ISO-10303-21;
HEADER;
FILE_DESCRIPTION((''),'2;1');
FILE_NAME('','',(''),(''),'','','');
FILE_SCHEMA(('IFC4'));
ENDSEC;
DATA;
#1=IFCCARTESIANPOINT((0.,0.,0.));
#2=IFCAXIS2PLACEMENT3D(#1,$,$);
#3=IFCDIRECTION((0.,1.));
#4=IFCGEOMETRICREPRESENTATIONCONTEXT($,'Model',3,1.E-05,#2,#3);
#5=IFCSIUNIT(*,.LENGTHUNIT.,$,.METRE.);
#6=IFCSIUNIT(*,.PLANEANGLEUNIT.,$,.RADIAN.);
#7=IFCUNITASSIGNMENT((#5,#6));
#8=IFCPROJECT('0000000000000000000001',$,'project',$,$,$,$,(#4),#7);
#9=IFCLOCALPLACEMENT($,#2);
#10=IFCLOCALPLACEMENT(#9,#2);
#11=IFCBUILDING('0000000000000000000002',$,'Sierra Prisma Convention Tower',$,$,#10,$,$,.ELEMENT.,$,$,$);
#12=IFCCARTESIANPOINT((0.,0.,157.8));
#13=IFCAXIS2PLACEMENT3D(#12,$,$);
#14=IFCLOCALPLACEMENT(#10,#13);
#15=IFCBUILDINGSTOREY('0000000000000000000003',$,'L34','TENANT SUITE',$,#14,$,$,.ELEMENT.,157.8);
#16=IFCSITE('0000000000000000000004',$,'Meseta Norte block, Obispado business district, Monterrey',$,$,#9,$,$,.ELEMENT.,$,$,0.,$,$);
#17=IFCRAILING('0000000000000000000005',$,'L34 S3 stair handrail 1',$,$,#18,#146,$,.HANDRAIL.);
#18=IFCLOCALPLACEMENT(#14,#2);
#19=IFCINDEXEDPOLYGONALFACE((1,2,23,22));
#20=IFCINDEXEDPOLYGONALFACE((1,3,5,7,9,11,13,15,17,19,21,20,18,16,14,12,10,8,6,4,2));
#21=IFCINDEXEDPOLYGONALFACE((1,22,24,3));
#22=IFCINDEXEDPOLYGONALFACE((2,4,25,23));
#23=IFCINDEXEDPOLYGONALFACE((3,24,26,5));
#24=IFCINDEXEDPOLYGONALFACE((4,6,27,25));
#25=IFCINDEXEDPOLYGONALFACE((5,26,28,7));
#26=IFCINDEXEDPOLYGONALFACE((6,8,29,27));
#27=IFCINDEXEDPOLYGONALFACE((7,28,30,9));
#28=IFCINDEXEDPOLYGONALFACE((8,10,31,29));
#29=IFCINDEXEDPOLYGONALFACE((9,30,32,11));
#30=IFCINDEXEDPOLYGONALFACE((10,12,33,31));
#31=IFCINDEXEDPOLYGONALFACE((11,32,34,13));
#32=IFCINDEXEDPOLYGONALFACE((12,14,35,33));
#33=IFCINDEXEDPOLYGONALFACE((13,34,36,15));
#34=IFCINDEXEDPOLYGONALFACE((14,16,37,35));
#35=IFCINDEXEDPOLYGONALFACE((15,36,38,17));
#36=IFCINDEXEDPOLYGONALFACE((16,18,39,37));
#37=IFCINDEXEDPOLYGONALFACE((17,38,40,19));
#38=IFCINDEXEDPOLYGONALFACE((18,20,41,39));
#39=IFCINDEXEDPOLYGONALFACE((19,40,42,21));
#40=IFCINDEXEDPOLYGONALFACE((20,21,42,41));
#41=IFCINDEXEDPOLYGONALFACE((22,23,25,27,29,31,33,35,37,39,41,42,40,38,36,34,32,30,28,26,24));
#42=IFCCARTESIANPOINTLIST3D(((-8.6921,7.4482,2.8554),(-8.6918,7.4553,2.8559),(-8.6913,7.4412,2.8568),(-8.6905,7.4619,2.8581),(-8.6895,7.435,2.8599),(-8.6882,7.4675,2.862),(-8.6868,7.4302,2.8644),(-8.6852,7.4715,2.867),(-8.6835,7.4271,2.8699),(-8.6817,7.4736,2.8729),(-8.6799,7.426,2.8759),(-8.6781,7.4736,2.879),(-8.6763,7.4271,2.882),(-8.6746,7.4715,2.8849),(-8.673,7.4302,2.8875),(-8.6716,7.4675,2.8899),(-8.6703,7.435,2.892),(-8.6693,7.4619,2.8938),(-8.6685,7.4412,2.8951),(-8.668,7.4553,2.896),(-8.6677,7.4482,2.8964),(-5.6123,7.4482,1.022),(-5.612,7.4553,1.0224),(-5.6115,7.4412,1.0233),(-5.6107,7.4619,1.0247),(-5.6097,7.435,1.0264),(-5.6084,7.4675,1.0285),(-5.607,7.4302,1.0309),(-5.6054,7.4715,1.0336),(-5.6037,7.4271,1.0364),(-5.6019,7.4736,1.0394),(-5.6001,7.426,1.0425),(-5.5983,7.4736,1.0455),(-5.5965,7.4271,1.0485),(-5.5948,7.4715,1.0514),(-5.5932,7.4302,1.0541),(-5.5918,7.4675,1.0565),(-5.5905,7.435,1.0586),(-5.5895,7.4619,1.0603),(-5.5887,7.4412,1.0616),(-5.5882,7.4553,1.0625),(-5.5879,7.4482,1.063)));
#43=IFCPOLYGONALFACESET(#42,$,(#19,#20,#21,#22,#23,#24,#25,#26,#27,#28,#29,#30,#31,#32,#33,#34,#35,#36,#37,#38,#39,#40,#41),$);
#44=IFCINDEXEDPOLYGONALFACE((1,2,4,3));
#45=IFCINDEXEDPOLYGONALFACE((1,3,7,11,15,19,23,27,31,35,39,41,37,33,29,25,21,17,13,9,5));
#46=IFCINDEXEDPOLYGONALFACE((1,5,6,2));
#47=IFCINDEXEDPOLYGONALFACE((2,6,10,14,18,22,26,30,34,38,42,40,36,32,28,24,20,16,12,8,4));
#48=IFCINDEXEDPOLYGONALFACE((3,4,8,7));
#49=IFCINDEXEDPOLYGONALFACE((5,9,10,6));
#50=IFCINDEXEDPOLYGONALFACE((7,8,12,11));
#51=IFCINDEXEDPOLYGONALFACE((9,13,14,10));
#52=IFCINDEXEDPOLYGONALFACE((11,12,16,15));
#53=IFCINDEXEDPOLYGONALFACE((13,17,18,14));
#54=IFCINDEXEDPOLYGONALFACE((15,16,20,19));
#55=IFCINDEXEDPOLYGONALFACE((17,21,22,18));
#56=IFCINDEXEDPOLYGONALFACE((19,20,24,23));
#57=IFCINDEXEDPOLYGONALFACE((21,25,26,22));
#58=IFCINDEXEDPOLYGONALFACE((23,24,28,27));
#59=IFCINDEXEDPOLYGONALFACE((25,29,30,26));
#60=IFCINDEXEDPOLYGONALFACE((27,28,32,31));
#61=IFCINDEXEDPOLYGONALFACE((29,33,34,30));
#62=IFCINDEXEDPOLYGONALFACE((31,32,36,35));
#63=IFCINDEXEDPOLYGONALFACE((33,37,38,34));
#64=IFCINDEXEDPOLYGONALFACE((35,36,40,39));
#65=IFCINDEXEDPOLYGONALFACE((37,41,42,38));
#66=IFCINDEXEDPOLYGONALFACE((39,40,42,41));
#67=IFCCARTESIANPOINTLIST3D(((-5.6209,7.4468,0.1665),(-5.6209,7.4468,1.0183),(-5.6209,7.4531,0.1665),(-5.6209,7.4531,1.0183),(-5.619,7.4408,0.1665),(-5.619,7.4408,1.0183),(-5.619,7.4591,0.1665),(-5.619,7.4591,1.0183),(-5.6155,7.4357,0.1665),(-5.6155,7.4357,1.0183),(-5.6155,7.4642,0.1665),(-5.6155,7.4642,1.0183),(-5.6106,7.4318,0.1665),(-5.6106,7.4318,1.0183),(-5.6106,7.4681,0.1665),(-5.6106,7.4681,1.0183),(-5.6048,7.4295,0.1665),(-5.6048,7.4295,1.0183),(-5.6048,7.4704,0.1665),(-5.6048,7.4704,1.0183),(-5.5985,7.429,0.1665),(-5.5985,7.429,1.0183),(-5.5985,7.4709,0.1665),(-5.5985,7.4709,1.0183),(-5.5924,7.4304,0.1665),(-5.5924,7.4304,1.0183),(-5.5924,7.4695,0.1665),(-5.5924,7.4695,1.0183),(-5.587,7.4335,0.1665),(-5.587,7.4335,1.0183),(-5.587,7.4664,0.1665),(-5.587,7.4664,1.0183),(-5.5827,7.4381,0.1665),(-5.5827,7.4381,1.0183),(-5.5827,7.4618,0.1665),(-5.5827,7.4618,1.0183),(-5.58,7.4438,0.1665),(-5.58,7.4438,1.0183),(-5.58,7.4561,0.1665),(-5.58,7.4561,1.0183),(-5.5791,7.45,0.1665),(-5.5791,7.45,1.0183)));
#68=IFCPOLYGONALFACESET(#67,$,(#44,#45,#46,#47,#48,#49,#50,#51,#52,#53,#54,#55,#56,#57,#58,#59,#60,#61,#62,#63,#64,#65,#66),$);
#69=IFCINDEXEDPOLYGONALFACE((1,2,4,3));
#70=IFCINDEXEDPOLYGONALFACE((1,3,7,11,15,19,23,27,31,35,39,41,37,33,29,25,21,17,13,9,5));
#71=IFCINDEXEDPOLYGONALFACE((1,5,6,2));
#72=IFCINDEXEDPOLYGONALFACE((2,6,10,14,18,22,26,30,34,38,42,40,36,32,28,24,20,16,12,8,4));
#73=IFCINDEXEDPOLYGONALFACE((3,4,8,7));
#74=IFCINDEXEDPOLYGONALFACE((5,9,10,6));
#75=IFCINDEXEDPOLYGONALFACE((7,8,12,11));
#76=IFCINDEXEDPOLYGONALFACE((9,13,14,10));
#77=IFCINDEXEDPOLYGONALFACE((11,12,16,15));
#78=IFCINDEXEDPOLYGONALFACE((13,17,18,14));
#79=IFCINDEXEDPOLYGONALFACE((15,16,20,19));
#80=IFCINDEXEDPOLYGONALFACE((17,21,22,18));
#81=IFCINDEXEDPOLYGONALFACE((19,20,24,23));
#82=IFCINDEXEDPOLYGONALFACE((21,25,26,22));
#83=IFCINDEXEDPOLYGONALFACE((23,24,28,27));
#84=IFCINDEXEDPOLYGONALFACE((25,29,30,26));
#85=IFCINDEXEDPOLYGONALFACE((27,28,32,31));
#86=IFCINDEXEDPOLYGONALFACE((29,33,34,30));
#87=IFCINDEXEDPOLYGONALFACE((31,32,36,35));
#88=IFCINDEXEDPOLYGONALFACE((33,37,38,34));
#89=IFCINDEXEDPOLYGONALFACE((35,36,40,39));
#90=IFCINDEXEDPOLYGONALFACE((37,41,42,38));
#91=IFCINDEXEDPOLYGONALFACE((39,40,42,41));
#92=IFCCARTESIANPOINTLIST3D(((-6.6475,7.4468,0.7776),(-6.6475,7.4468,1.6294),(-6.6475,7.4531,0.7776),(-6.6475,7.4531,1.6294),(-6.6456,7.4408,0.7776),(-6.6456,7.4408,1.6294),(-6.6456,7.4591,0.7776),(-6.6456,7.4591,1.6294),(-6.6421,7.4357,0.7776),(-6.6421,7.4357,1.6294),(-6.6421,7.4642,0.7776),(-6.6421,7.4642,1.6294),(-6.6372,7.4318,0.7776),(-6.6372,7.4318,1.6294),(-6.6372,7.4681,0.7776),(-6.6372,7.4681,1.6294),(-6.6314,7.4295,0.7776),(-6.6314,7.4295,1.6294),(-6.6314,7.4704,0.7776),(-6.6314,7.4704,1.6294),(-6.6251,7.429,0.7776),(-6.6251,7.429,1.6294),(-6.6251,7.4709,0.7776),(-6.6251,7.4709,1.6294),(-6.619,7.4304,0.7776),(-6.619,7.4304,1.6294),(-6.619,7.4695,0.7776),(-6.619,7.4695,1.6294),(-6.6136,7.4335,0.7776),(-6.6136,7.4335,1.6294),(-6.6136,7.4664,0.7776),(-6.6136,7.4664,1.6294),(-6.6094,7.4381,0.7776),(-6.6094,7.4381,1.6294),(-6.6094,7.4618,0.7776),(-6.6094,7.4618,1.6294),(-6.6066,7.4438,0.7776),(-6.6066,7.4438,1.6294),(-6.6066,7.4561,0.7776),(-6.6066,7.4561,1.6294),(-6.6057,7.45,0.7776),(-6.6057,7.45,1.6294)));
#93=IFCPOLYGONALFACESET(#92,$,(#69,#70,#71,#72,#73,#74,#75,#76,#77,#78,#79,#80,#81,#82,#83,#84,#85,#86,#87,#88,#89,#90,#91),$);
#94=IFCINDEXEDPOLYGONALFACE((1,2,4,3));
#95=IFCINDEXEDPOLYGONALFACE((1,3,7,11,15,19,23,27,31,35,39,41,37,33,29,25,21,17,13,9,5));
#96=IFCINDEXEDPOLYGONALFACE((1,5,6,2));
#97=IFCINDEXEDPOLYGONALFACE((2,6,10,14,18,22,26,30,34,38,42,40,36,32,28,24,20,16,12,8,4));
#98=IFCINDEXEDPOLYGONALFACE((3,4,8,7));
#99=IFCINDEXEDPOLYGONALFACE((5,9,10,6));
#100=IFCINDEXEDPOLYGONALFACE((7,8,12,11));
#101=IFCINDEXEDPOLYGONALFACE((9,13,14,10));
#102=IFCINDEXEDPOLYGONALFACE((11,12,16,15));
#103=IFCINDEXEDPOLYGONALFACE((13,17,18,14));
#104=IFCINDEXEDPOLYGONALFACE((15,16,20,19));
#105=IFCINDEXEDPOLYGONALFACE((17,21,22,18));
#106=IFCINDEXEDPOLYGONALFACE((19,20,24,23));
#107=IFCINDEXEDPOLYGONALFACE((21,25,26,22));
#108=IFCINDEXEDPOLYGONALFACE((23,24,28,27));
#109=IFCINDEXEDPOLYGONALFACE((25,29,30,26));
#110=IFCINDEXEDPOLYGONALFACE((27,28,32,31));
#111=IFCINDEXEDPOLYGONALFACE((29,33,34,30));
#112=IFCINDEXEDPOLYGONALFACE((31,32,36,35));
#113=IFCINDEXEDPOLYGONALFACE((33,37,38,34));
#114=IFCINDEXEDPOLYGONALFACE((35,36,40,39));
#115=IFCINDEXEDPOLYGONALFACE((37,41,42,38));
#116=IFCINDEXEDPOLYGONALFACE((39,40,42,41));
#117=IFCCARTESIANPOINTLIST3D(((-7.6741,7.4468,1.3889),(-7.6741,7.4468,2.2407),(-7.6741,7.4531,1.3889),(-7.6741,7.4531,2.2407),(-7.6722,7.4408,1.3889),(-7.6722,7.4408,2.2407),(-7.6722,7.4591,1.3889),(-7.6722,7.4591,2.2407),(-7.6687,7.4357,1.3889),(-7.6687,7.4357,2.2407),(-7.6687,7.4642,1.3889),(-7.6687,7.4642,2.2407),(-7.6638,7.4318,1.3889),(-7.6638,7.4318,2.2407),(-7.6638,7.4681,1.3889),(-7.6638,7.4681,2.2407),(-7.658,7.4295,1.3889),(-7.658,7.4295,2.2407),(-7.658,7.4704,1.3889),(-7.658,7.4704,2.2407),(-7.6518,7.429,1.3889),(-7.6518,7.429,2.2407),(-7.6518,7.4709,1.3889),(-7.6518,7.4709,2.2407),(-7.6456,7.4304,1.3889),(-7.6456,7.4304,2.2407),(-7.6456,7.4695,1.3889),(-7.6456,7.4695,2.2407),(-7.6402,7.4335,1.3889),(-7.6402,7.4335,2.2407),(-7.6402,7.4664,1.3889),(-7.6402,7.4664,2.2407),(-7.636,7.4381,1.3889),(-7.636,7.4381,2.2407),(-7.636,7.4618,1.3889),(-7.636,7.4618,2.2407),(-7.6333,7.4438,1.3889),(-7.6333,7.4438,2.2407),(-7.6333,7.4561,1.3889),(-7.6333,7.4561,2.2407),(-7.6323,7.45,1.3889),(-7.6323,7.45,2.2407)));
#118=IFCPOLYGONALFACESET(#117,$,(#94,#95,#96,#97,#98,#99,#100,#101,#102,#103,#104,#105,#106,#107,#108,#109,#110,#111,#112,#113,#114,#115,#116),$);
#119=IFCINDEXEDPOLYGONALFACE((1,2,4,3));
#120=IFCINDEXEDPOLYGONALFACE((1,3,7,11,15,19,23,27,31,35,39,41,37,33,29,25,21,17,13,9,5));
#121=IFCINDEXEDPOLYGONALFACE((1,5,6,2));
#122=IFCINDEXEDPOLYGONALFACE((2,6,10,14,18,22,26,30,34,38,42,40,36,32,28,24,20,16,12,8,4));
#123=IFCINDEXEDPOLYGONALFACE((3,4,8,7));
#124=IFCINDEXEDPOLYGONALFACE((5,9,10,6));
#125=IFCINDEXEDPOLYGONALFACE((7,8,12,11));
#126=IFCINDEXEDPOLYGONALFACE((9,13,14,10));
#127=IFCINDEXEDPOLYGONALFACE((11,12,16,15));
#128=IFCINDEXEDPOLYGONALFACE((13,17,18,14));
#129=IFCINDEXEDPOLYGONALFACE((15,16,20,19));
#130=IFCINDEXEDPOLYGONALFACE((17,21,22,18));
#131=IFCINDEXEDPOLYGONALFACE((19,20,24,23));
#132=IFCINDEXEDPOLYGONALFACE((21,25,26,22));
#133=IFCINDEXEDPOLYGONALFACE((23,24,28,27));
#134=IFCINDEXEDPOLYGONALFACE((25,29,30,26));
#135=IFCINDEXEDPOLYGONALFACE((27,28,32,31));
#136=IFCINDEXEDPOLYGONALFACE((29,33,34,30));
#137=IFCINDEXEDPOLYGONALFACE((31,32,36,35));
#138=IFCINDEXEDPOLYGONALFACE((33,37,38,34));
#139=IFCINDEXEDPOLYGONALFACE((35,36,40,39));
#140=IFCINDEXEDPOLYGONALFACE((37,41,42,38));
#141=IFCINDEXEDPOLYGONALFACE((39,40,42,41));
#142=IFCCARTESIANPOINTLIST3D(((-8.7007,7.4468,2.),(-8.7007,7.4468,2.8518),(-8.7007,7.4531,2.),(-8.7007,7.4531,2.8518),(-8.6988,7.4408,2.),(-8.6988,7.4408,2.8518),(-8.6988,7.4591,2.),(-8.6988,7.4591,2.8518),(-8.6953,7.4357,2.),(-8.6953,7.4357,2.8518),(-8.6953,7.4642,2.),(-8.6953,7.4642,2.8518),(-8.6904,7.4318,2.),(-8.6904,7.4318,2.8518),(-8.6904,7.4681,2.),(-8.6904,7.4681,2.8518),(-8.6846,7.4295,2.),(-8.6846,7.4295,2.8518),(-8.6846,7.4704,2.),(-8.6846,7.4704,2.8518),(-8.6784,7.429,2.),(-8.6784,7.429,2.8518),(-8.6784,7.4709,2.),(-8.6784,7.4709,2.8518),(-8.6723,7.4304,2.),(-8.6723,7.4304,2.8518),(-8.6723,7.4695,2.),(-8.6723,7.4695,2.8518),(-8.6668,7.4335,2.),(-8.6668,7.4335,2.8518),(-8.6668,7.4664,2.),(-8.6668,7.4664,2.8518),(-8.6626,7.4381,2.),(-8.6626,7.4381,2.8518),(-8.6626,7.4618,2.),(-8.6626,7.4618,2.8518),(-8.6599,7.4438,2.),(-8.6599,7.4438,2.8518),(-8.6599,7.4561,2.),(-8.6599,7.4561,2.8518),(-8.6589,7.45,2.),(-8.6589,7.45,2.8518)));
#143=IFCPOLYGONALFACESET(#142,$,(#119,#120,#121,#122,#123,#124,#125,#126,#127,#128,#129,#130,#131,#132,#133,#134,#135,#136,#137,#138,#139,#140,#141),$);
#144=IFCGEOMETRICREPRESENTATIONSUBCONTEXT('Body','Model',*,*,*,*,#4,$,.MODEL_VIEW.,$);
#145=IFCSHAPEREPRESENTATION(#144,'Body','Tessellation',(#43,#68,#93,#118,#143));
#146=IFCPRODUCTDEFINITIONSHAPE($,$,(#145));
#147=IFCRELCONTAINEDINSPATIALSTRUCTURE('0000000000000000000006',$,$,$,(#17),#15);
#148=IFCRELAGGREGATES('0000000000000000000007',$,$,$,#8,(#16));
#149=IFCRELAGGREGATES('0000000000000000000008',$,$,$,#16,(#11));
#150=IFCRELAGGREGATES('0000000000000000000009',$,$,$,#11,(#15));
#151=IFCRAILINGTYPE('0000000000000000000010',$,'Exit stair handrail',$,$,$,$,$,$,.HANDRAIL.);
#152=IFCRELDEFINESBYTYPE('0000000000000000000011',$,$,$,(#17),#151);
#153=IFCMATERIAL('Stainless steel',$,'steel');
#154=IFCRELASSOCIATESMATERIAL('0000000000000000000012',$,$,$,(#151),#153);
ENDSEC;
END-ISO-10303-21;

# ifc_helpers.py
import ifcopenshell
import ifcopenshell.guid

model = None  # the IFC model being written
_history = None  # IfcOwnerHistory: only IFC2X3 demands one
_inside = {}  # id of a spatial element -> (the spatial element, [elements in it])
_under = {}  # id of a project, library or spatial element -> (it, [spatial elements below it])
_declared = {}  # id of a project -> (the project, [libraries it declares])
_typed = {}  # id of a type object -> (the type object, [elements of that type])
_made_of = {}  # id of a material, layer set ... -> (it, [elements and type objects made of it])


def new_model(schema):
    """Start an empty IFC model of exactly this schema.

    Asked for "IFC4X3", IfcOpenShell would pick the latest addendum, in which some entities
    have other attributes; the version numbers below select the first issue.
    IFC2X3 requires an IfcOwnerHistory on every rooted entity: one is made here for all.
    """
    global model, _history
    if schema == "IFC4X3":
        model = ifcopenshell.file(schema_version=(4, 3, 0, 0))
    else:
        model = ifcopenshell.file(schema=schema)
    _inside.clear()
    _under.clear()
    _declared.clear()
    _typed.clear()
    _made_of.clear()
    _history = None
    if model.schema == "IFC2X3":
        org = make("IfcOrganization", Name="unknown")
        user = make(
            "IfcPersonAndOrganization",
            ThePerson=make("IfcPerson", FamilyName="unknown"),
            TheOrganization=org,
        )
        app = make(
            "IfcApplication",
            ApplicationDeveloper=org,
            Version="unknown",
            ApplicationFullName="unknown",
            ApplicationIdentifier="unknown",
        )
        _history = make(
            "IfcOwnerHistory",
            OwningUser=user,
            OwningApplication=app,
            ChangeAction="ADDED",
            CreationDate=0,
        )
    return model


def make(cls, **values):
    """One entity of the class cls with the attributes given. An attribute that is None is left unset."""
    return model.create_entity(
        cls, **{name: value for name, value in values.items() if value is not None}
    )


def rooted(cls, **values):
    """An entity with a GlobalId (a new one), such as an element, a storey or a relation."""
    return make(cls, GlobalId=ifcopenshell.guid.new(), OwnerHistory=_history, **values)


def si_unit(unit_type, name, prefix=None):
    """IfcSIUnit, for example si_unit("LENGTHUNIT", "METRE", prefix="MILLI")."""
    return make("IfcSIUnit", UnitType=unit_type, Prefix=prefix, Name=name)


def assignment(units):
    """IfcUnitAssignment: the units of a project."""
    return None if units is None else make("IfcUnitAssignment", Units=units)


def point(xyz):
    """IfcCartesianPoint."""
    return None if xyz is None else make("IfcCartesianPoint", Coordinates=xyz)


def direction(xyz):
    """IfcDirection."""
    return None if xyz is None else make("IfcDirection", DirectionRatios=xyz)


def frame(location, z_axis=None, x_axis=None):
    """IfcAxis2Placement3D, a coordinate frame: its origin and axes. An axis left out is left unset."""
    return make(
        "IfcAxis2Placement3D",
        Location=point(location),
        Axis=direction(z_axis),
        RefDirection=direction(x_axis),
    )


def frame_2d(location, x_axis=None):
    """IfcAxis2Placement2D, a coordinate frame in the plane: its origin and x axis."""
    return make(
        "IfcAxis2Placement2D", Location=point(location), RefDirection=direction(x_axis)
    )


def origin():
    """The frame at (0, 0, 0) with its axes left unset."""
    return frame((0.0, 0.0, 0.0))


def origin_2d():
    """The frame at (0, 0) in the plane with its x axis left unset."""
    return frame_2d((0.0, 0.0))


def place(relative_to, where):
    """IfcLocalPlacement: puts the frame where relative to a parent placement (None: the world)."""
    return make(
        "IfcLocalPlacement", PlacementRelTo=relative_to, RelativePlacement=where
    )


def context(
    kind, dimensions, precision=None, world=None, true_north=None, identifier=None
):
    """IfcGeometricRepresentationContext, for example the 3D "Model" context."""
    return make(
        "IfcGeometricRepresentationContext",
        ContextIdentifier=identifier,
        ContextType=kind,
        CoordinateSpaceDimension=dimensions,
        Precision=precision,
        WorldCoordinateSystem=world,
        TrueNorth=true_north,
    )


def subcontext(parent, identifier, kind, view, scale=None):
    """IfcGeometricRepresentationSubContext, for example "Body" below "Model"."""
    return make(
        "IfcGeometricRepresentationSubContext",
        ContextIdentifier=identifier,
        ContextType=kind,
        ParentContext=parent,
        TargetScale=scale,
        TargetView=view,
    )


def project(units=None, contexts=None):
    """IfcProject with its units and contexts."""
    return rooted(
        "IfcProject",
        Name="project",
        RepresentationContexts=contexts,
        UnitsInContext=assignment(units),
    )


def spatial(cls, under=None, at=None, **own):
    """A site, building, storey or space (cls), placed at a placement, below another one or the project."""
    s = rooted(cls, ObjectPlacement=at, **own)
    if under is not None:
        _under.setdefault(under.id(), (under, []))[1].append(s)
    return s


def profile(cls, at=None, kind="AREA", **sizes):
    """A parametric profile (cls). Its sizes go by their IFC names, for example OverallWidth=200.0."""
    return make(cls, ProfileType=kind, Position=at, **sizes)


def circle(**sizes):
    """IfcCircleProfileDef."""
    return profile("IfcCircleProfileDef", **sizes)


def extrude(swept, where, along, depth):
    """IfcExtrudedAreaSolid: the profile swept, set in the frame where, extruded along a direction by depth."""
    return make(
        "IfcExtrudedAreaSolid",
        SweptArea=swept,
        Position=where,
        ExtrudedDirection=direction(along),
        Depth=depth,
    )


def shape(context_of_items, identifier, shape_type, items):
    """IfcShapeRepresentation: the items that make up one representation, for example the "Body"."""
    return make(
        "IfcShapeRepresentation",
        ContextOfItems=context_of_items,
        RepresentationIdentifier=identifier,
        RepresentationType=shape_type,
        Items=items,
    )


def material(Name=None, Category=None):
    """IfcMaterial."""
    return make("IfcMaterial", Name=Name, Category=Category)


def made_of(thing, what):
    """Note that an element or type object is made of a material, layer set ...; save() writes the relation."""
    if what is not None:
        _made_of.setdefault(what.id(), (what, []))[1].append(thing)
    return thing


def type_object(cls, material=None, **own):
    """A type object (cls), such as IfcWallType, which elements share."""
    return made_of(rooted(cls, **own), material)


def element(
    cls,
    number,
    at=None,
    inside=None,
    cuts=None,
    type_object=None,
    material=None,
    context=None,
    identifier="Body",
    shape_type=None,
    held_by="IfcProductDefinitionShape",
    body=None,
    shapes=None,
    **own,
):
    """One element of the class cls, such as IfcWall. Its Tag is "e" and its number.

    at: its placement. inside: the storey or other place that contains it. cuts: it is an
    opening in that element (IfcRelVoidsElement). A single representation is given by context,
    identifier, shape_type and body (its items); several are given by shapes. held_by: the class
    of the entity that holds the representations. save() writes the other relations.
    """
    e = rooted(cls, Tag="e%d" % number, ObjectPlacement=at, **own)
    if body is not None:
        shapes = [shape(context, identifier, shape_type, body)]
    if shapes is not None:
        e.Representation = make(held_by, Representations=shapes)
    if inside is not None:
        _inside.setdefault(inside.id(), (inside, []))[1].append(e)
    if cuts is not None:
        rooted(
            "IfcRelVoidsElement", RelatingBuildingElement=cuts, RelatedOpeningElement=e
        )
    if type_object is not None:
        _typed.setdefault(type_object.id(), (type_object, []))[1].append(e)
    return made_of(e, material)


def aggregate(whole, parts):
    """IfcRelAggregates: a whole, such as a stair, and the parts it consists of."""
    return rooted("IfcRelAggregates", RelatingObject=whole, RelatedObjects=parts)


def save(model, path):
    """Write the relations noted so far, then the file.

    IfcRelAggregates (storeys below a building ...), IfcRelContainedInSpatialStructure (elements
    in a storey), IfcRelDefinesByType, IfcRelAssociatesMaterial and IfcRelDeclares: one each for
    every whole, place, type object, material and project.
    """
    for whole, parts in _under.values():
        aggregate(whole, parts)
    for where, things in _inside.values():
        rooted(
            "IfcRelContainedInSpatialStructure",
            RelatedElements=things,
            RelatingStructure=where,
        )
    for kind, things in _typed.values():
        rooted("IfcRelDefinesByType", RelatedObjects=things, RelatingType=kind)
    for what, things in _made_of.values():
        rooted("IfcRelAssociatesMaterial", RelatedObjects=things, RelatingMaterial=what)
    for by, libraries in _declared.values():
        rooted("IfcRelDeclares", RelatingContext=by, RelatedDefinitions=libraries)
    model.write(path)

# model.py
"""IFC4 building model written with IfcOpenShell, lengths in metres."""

from ifc_helpers import new_model, si_unit, direction, frame, origin, origin_2d, place, context, subcontext, project, spatial, circle, extrude, material, type_object, element, save


model = new_model("IFC4")

# Units and contexts
model_context = context("Model", 3, precision=1e-05, world=origin(), true_north=direction((0.0, 1.0)))
body_context = subcontext(model_context, "Body", "Model", "MODEL_VIEW")
ifc_project = project(units=[si_unit("LENGTHUNIT", "METRE"), si_unit("PLANEANGLEUNIT", "RADIAN")], contexts=[model_context])

# Site, building, storey
site_placement = place(None, origin())
site = spatial("IfcSite", under=ifc_project, at=site_placement, Name="Meseta Norte block, Obispado business district, Monterrey", CompositionType="ELEMENT", RefElevation=0.0)
building_placement = place(site_placement, origin())
building = spatial("IfcBuilding", under=site, at=building_placement, Name="Sierra Prisma Convention Tower", CompositionType="ELEMENT")
storey_placement = place(building_placement, frame((0.0, 0.0, 157.8)))
storey = spatial("IfcBuildingStorey", under=building, at=storey_placement, Name="L34", Description="TENANT SUITE", CompositionType="ELEMENT", Elevation=157.8)

# Railing
ifc_material_1 = material(Name="Stainless steel", Category="steel")
railing_type_1 = type_object("IfcRailingType", Name="Exit stair handrail", PredefinedType="HANDRAIL", material=ifc_material_1)
railing_1_placement = place(storey_placement, frame((-5.6001, 7.45, 0.1665)))
element("IfcRailing", 1, at=railing_1_placement, inside=storey, type_object=railing_type_1, Name="L34 S3 stair handrail 1", PredefinedType="HANDRAIL", context=body_context, shape_type="SweptSolid", body=[
    extrude(circle(Radius=0.0239, at=origin_2d()), frame((0.0, 0.0, 0.876), z_axis=(-0.859261, 0.0, 0.511538), x_axis=(0.0, -1.0, 0.0)), (0.0, 0.0, 1.0), 3.5842),
    extrude(circle(Radius=0.021, at=origin_2d()), origin(), (0.0, 0.0, 1.0), 0.8518),
    extrude(circle(Radius=0.021, at=origin_2d()), frame((-1.0266, 0.0, 0.6111)), (0.0, 0.0, 1.0), 0.8518),
    extrude(circle(Radius=0.021, at=origin_2d()), frame((-2.0532, 0.0, 1.2224)), (0.0, 0.0, 1.0), 0.8518),
    extrude(circle(Radius=0.021, at=origin_2d()), frame((-3.0798, 0.0, 1.8335)), (0.0, 0.0, 1.0), 0.8518),
])

save(model, "model.ifc")
